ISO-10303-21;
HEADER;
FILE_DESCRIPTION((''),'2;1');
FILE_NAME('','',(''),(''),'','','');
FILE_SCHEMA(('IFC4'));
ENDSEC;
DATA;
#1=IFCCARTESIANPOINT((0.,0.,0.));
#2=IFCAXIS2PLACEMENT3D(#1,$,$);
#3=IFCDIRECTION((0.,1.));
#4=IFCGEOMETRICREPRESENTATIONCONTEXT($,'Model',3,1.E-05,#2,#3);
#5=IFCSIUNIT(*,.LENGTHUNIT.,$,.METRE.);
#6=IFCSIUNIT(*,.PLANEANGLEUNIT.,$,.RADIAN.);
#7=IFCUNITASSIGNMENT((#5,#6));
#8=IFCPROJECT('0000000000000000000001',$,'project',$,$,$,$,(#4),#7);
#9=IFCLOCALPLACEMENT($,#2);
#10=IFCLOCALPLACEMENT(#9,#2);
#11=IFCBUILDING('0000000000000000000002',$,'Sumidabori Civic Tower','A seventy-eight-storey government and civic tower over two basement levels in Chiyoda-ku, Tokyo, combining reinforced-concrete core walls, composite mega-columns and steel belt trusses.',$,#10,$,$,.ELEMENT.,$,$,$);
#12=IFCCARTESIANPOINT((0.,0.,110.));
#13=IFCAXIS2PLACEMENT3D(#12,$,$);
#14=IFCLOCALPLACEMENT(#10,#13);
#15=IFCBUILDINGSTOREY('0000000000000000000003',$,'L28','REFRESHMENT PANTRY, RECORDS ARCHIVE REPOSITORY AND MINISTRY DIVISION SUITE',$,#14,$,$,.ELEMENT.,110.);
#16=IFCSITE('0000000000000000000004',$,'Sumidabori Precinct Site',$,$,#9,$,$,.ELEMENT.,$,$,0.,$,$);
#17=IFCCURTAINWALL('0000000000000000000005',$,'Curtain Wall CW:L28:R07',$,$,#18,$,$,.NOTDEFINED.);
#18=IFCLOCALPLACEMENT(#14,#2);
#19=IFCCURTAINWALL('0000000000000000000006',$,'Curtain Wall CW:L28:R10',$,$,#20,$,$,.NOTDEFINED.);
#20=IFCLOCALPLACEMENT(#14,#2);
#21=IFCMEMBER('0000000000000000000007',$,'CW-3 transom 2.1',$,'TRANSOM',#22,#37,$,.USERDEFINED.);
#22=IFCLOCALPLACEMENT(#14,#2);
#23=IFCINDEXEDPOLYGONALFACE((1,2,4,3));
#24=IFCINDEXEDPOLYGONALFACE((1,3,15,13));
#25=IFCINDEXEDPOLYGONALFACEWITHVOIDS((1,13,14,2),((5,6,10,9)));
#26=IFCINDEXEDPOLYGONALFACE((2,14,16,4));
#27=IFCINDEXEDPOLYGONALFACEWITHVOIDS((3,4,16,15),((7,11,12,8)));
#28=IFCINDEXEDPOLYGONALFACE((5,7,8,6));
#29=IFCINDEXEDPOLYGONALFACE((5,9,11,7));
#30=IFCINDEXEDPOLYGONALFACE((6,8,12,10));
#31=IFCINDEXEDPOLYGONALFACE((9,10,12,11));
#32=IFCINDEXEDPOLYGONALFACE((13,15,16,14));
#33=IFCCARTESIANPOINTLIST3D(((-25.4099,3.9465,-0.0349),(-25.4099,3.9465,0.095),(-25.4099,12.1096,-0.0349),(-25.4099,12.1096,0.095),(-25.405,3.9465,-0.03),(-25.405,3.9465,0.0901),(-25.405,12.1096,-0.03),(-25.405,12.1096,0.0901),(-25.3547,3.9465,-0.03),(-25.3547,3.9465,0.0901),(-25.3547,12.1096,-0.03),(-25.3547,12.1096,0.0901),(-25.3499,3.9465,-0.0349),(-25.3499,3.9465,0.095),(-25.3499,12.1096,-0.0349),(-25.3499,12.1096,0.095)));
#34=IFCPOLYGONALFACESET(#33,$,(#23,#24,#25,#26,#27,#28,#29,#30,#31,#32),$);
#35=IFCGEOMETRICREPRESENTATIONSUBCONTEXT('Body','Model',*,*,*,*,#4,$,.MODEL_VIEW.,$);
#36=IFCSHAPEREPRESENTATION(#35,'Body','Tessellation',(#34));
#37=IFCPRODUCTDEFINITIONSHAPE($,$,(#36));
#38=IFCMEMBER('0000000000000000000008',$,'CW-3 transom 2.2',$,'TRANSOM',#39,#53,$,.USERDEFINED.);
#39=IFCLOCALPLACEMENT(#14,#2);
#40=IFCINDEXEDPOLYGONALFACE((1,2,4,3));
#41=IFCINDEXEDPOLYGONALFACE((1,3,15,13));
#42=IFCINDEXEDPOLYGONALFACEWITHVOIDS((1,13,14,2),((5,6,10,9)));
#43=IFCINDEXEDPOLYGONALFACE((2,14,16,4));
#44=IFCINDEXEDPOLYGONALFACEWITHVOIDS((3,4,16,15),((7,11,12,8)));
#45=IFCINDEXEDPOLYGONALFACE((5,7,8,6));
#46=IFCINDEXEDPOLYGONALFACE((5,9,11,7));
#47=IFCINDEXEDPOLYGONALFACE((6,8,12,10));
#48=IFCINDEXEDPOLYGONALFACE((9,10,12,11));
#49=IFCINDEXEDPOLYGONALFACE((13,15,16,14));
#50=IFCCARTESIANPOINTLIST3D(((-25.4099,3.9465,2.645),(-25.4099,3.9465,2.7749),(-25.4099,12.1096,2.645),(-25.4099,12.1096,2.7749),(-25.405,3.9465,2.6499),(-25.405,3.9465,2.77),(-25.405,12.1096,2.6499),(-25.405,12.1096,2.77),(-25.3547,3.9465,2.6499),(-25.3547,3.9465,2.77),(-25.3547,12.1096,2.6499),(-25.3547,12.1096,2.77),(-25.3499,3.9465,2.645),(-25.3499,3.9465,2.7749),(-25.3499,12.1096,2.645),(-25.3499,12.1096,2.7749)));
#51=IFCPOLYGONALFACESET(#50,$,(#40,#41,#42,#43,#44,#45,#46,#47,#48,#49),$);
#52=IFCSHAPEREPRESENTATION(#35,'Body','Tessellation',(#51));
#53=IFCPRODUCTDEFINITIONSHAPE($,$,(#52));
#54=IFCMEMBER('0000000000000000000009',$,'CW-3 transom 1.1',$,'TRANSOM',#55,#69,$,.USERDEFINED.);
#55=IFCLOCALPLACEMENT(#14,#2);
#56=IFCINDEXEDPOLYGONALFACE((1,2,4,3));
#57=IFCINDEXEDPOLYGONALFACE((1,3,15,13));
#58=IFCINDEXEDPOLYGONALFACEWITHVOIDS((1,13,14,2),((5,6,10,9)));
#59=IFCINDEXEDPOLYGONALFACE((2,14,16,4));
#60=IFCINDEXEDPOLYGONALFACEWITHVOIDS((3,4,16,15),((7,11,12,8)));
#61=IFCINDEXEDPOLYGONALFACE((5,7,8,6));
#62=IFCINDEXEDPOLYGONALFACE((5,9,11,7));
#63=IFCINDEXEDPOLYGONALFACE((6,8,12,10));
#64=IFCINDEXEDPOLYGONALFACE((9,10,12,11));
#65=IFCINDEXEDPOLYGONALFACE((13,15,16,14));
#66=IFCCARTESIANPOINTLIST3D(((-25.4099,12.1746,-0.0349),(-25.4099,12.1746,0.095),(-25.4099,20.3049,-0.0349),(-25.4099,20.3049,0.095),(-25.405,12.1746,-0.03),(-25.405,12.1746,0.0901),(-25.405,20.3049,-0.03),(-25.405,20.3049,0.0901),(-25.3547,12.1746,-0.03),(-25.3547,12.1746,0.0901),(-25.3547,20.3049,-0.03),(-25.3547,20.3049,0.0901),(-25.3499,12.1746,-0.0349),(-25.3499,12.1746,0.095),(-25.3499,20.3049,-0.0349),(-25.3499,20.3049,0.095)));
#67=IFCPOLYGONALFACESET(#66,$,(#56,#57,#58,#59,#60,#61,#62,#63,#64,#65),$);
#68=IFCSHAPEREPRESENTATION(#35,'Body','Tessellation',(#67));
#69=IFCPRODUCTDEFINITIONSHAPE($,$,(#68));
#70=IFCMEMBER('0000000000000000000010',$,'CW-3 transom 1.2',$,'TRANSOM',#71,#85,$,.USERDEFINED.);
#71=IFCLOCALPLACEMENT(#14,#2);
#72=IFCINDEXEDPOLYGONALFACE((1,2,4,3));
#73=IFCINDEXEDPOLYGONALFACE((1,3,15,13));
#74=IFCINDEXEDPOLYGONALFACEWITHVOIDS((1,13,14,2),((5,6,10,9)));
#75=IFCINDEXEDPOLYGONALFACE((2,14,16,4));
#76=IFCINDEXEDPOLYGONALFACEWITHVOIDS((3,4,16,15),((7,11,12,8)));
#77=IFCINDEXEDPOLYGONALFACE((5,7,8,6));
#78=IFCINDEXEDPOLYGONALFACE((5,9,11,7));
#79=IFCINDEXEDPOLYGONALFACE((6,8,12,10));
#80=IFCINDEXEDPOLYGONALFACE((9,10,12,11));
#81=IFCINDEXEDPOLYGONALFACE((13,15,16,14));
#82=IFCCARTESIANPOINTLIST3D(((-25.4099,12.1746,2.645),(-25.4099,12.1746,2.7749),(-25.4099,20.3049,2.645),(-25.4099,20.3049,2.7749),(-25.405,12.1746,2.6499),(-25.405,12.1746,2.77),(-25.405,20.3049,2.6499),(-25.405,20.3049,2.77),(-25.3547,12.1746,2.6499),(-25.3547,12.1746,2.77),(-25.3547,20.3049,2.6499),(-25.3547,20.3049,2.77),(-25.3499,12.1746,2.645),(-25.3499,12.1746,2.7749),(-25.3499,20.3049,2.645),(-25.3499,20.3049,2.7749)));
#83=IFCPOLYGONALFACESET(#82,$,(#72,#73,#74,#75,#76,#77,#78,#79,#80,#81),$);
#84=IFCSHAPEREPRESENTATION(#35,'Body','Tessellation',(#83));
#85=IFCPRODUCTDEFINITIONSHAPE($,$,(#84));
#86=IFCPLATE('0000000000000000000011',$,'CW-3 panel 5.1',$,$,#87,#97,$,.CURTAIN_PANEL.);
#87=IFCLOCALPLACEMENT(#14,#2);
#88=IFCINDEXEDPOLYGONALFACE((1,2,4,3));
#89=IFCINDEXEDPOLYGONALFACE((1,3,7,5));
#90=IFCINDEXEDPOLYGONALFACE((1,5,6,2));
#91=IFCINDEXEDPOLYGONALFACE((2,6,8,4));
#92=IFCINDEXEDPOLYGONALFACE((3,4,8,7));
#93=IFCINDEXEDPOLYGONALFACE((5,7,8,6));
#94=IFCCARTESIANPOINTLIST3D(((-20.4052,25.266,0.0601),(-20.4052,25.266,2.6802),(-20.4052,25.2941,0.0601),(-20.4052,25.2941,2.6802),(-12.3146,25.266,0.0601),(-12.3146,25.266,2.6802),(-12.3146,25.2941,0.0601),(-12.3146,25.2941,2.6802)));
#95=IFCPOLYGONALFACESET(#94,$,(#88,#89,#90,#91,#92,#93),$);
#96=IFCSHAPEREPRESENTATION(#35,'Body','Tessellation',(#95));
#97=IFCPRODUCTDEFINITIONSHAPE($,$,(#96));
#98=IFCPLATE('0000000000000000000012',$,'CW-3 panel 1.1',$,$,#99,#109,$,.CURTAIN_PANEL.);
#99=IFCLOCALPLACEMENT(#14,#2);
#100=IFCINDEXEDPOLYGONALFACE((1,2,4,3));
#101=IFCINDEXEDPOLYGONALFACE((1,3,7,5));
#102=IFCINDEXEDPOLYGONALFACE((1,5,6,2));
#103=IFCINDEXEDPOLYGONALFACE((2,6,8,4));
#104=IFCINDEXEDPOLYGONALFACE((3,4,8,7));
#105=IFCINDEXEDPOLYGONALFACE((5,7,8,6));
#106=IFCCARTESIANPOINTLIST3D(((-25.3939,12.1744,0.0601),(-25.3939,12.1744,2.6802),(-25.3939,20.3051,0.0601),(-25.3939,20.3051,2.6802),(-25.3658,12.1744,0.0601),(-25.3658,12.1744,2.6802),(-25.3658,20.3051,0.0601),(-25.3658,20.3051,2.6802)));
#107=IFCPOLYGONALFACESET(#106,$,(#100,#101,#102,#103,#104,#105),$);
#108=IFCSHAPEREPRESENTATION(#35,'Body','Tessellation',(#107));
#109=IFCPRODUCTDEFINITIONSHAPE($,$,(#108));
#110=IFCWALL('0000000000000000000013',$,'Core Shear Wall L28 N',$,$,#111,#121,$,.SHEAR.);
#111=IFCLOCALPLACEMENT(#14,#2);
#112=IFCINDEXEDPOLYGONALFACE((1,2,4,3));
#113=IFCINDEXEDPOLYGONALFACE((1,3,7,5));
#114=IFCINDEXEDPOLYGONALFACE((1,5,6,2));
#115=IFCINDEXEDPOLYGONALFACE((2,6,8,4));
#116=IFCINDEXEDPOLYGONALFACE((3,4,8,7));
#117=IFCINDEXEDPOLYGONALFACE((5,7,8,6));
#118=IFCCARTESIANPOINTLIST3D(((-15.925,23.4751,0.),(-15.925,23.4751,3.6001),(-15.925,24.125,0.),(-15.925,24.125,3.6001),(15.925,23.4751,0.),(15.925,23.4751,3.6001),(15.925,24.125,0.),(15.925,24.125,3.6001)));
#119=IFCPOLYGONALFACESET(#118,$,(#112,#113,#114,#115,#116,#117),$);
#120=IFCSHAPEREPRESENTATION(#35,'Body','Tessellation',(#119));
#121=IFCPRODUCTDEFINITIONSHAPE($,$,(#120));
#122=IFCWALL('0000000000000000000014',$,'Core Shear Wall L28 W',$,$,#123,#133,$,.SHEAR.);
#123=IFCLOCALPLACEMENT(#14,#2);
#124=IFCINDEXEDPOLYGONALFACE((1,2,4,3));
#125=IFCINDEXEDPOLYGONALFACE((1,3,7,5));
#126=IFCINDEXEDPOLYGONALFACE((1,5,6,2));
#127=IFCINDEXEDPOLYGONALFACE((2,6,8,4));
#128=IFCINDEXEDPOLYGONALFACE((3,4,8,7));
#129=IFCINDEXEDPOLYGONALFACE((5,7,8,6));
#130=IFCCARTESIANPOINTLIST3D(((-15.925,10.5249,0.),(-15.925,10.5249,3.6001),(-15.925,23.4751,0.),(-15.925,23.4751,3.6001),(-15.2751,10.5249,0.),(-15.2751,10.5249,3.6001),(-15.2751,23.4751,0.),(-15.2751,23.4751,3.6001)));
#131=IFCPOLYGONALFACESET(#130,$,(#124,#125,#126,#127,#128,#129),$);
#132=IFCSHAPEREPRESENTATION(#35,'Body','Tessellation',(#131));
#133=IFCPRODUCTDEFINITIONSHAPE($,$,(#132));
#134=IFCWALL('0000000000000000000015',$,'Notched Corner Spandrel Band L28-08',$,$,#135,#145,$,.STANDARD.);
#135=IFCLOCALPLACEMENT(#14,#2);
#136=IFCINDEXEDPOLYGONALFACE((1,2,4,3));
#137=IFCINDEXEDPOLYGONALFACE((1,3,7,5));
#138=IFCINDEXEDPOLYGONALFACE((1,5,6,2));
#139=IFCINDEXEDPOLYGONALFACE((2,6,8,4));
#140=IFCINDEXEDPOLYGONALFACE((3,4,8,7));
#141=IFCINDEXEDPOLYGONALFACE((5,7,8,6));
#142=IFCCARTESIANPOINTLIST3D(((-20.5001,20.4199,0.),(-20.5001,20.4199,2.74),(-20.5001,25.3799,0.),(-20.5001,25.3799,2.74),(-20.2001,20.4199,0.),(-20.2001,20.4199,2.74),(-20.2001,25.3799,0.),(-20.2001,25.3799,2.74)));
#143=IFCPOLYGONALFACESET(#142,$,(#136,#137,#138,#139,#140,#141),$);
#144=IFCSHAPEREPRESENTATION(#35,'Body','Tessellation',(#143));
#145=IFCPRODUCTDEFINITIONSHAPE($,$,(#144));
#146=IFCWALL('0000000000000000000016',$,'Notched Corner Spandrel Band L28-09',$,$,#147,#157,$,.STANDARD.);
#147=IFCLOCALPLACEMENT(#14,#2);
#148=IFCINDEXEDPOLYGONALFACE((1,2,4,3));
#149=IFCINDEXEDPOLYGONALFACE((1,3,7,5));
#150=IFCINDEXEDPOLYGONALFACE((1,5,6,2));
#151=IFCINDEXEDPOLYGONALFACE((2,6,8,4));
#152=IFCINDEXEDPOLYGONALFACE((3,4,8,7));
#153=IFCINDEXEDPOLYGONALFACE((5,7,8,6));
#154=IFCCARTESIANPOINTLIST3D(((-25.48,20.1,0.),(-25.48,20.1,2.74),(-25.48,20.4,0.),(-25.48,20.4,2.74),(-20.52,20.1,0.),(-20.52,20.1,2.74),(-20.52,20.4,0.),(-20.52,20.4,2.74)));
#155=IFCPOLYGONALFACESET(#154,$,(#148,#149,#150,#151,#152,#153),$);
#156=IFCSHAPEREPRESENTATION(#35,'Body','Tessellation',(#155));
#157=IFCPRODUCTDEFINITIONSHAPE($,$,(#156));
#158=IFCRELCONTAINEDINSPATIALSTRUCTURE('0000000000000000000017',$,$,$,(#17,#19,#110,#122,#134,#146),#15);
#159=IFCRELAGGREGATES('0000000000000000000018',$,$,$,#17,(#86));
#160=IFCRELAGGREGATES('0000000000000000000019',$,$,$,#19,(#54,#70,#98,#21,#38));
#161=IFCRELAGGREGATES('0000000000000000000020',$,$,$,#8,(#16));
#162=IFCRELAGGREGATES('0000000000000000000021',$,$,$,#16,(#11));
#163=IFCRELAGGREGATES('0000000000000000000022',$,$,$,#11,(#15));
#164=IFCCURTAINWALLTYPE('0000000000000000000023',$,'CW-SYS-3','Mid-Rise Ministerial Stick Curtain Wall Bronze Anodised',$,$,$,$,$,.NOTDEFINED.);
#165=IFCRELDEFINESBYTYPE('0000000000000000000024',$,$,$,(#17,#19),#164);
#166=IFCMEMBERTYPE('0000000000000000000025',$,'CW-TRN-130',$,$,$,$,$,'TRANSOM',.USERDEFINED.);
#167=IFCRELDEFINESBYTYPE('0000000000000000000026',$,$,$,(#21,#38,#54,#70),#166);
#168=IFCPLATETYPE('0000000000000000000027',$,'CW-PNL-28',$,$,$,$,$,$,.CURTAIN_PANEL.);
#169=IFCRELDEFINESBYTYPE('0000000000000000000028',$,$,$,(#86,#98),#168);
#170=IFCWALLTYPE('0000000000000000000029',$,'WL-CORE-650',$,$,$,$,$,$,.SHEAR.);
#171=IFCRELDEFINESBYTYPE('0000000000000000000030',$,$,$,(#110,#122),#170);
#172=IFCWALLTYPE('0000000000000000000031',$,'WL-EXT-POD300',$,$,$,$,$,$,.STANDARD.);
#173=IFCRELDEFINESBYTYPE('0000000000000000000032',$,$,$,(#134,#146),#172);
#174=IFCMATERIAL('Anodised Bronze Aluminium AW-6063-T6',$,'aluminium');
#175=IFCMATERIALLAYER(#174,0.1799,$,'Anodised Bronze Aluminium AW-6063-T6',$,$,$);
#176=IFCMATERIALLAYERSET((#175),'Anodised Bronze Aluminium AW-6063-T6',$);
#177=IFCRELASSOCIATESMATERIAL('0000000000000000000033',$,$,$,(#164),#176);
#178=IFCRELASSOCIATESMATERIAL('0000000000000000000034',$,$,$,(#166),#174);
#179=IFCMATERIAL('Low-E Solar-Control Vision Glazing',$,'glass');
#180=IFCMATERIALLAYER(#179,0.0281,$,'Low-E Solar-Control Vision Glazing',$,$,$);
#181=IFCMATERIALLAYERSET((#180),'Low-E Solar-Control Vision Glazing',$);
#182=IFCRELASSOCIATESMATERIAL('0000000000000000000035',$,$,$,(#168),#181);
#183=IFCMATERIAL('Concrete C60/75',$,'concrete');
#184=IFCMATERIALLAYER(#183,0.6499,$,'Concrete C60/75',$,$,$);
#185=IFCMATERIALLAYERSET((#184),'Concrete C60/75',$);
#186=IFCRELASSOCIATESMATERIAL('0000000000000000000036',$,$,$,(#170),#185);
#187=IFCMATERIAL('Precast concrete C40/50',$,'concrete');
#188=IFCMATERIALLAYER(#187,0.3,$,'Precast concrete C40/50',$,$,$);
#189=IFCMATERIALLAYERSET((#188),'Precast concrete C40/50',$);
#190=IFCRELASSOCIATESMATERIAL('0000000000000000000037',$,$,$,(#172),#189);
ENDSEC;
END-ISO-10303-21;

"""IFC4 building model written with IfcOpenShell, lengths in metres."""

from ifc_helpers import new_model, si_unit, direction, frame, frame_2d, origin, origin_2d, place, context, subcontext, project, spatial, rectangle, hollow_rectangle, extrude, source, transform, mapped, material, layer, layer_set, material_profile, profile_set, type_object, element, aggregate, save


model = new_model("IFC4")

# Units and contexts
model_context = context("Model", 3, precision=1e-05, world=origin(), true_north=direction((0.0, 1.0)))
body_context = subcontext(model_context, "Body", "Model", "MODEL_VIEW")
ifc_project = project(units=[si_unit("LENGTHUNIT", "METRE"), si_unit("PLANEANGLEUNIT", "RADIAN")], contexts=[model_context])

# Site, building, storey
site_placement = place(None, origin())
site = spatial("IfcSite", under=ifc_project, at=site_placement, Name="Sumidabori Precinct Site", CompositionType="ELEMENT", RefElevation=0.0)
building_placement = place(site_placement, origin())
building = spatial("IfcBuilding", under=site, at=building_placement, Name="Sumidabori Civic Tower", Description="A seventy-eight-storey government and civic tower over two basement levels in Chiyoda-ku, Tokyo, combining reinforced-concrete core walls, composite mega-columns and steel belt trusses.", CompositionType="ELEMENT")
storey_placement = place(building_placement, frame((0.0, 0.0, 110.0)))
storey = spatial("IfcBuildingStorey", under=building, at=storey_placement, Name="L28", Description="REFRESHMENT PANTRY, RECORDS ARCHIVE REPOSITORY AND MINISTRY DIVISION SUITE", CompositionType="ELEMENT", Elevation=110.0)

# Shared definitions
ifc_material_1 = material(Name="Concrete C60/75", Category="concrete")

# Curtain wall
ifc_material_2 = material(Name="Anodised Bronze Aluminium AW-6063-T6", Category="aluminium")
ifc_layer_1 = layer(ifc_material_2, 0.1799, Name="Anodised Bronze Aluminium AW-6063-T6")
ifc_layer_set_1 = layer_set([ifc_layer_1], Name="Anodised Bronze Aluminium AW-6063-T6")
curtain_wall_type = type_object("IfcCurtainWallType", Name="CW-SYS-3", Description="Mid-Rise Ministerial Stick Curtain Wall Bronze Anodised", PredefinedType="NOTDEFINED", material=ifc_layer_set_1)
curtain_wall_1_placement = place(storey_placement, origin())
curtain_wall_1 = element("IfcCurtainWall", 1, at=curtain_wall_1_placement, inside=storey, type_object=curtain_wall_type, Name="Curtain Wall CW:L28:R07", PredefinedType="NOTDEFINED")

# Curtain wall, members
curtain_wall_2_placement = place(storey_placement, origin())
curtain_wall_2 = element("IfcCurtainWall", 2, at=curtain_wall_2_placement, inside=storey, type_object=curtain_wall_type, Name="Curtain Wall CW:L28:R10", PredefinedType="NOTDEFINED")
ifc_material_profile_1 = material_profile(ifc_material_2, hollow_rectangle(XDim=0.0601, YDim=0.1299, WallThickness=0.0049, at=origin_2d()), Name="ALU TRANSOM 130x60")
ifc_profile_set_1 = profile_set([ifc_material_profile_1], Name="Anodised Bronze Aluminium AW-6063-T6")
member_type_1 = type_object("IfcMemberType", Name="CW-TRN-130", ElementType="TRANSOM", PredefinedType="USERDEFINED", material=ifc_profile_set_1)
shared_shape_1 = source(origin(), body_context, "Body", "SweptSolid", [
    extrude(hollow_rectangle(XDim=0.0601, YDim=0.1299, WallThickness=0.0049, at=origin_2d()), origin(), (0.0, 0.0, 1.0), 8.1631),
])
member_1_placement = place(storey_placement, frame((-25.3799, 12.1096, 0.03), z_axis=(0.0, -1.0, 0.0), x_axis=(1.0, 0.0, 0.0)))
member_1 = element("IfcMember", 3, at=member_1_placement, type_object=member_type_1, Name="CW-3 transom 2.1", ObjectType="TRANSOM", PredefinedType="USERDEFINED", context=body_context, shape_type="MappedRepresentation", body=[
    mapped(shared_shape_1, transform((0.0, 0.0, 0.0), x_axis=(1.0, 0.0, 0.0), y_axis=(0.0, 1.0, 0.0), z_axis=(0.0, 0.0, 1.0), scale=1.0)),
])
member_2_placement = place(storey_placement, frame((-25.3799, 12.1096, 2.71), z_axis=(0.0, -1.0, 0.0), x_axis=(1.0, 0.0, 0.0)))
member_2 = element("IfcMember", 4, at=member_2_placement, type_object=member_type_1, Name="CW-3 transom 2.2", ObjectType="TRANSOM", PredefinedType="USERDEFINED", context=body_context, shape_type="MappedRepresentation", body=[
    mapped(shared_shape_1, transform((0.0, 0.0, 0.0), x_axis=(1.0, 0.0, 0.0), y_axis=(0.0, 1.0, 0.0), z_axis=(0.0, 0.0, 1.0), scale=1.0)),
])
shared_shape_2 = source(origin(), body_context, "Body", "SweptSolid", [
    extrude(hollow_rectangle(XDim=0.0601, YDim=0.1299, WallThickness=0.0049, at=origin_2d()), origin(), (0.0, 0.0, 1.0), 8.1304),
])
member_3_placement = place(storey_placement, frame((-25.3799, 20.3049, 0.03), z_axis=(0.0, -1.0, 0.0), x_axis=(1.0, 0.0, 0.0)))
member_3 = element("IfcMember", 5, at=member_3_placement, type_object=member_type_1, Name="CW-3 transom 1.1", ObjectType="TRANSOM", PredefinedType="USERDEFINED", context=body_context, shape_type="MappedRepresentation", body=[
    mapped(shared_shape_2, transform((0.0, 0.0, 0.0), x_axis=(1.0, 0.0, 0.0), y_axis=(0.0, 1.0, 0.0), z_axis=(0.0, 0.0, 1.0), scale=1.0)),
])
member_4_placement = place(storey_placement, frame((-25.3799, 20.3049, 2.71), z_axis=(0.0, -1.0, 0.0), x_axis=(1.0, 0.0, 0.0)))
member_4 = element("IfcMember", 6, at=member_4_placement, type_object=member_type_1, Name="CW-3 transom 1.2", ObjectType="TRANSOM", PredefinedType="USERDEFINED", context=body_context, shape_type="MappedRepresentation", body=[
    mapped(shared_shape_2, transform((0.0, 0.0, 0.0), x_axis=(1.0, 0.0, 0.0), y_axis=(0.0, 1.0, 0.0), z_axis=(0.0, 0.0, 1.0), scale=1.0)),
])

# Plates
ifc_material_3 = material(Name="Low-E Solar-Control Vision Glazing", Category="glass")
ifc_layer_2 = layer(ifc_material_3, 0.0281, Name="Low-E Solar-Control Vision Glazing")
ifc_layer_set_2 = layer_set([ifc_layer_2], Name="Low-E Solar-Control Vision Glazing")
plate_type = type_object("IfcPlateType", Name="CW-PNL-28", PredefinedType="CURTAIN_PANEL", material=ifc_layer_set_2)
shared_shape_3 = source(origin(), body_context, "Body", "SweptSolid", [
    extrude(rectangle(XDim=8.0906, YDim=0.0281, at=origin_2d()), origin(), (0.0, 0.0, 1.0), 2.6201),
])
plate_1_placement = place(storey_placement, frame((-16.3599, 25.28, 0.0601), z_axis=(0.0, 0.0, 1.0), x_axis=(-1.0, 0.0, 0.0)))
plate_1 = element("IfcPlate", 7, at=plate_1_placement, type_object=plate_type, Name="CW-3 panel 5.1", PredefinedType="CURTAIN_PANEL", context=body_context, shape_type="MappedRepresentation", body=[
    mapped(shared_shape_3, transform((0.0, 0.0, 0.0), x_axis=(1.0, 0.0, 0.0), y_axis=(0.0, 1.0, 0.0), z_axis=(0.0, 0.0, 1.0), scale=1.0)),
])
aggregate(curtain_wall_1, [plate_1])
shared_shape_4 = source(origin(), body_context, "Body", "SweptSolid", [
    extrude(rectangle(XDim=8.1306, YDim=0.0281, at=origin_2d()), origin(), (0.0, 0.0, 1.0), 2.6201),
])
plate_2_placement = place(storey_placement, frame((-25.3799, 16.2397, 0.0601), z_axis=(0.0, 0.0, 1.0), x_axis=(0.0, -1.0, 0.0)))
plate_2 = element("IfcPlate", 8, at=plate_2_placement, type_object=plate_type, Name="CW-3 panel 1.1", PredefinedType="CURTAIN_PANEL", context=body_context, shape_type="MappedRepresentation", body=[
    mapped(shared_shape_4, transform((0.0, 0.0, 0.0), x_axis=(1.0, 0.0, 0.0), y_axis=(0.0, 1.0, 0.0), z_axis=(0.0, 0.0, 1.0), scale=1.0)),
])
aggregate(curtain_wall_2, [member_3, member_4, plate_2, member_1, member_2])

# Walls
ifc_layer_3 = layer(ifc_material_1, 0.6499, Name="Concrete C60/75")
ifc_layer_set_3 = layer_set([ifc_layer_3], Name="Concrete C60/75")
wall_type_1 = type_object("IfcWallType", Name="WL-CORE-650", PredefinedType="SHEAR", material=ifc_layer_set_3)
shared_shape_5 = source(origin(), body_context, "Body", "SweptSolid", [
    extrude(rectangle(XDim=31.8501, YDim=0.6499, at=frame_2d((15.925, 0.0))), origin(), (0.0, 0.0, 1.0), 3.6001),
])
wall_1_placement = place(storey_placement, frame((-15.925, 23.8, 0.0), z_axis=(0.0, 0.0, 1.0), x_axis=(1.0, 0.0, 0.0)))
element("IfcWall", 9, at=wall_1_placement, inside=storey, type_object=wall_type_1, Name="Core Shear Wall L28 N", PredefinedType="SHEAR", context=body_context, shape_type="MappedRepresentation", body=[
    mapped(shared_shape_5, transform((0.0, 0.0, 0.0), x_axis=(1.0, 0.0, 0.0), y_axis=(0.0, 1.0, 0.0), z_axis=(0.0, 0.0, 1.0), scale=1.0)),
])
shared_shape_6 = source(origin(), body_context, "Body", "SweptSolid", [
    extrude(rectangle(XDim=12.9502, YDim=0.6499, at=frame_2d((6.4751, 0.0))), origin(), (0.0, 0.0, 1.0), 3.6001),
])
wall_2_placement = place(storey_placement, frame((-15.6001, 10.5249, 0.0), z_axis=(0.0, 0.0, 1.0), x_axis=(0.0, 1.0, 0.0)))
element("IfcWall", 10, at=wall_2_placement, inside=storey, type_object=wall_type_1, Name="Core Shear Wall L28 W", PredefinedType="SHEAR", context=body_context, shape_type="MappedRepresentation", body=[
    mapped(shared_shape_6, transform((0.0, 0.0, 0.0), x_axis=(1.0, 0.0, 0.0), y_axis=(0.0, 1.0, 0.0), z_axis=(0.0, 0.0, 1.0), scale=1.0)),
])
ifc_material_4 = material(Name="Precast concrete C40/50", Category="concrete")
ifc_layer_4 = layer(ifc_material_4, 0.3, Name="Precast concrete C40/50")
ifc_layer_set_4 = layer_set([ifc_layer_4], Name="Precast concrete C40/50")
wall_type_2 = type_object("IfcWallType", Name="WL-EXT-POD300", PredefinedType="STANDARD", material=ifc_layer_set_4)
shared_shape_7 = source(origin(), body_context, "Body", "SweptSolid", [
    extrude(rectangle(XDim=4.96, YDim=0.3, at=frame_2d((2.48, 0.0))), origin(), (0.0, 0.0, 1.0), 2.74),
])
for number, where, z_axis, x_axis, name in (
    (11, (-20.3501, 25.3799, 0.0), (0.0, 0.0, 1.0), (0.0, -1.0, 0.0), "Notched Corner Spandrel Band L28-08"),
    (12, (-20.52, 20.25, 0.0), (0.0, 0.0, 1.0), (-1.0, 0.0, 0.0), "Notched Corner Spandrel Band L28-09"),
):
    element("IfcWall", number, at=place(storey_placement, frame(where, z_axis=z_axis, x_axis=x_axis)), inside=storey, type_object=wall_type_2, Name=name, PredefinedType="STANDARD", context=body_context, shape_type="MappedRepresentation", body=[
        mapped(shared_shape_7, transform((0.0, 0.0, 0.0), x_axis=(1.0, 0.0, 0.0), y_axis=(0.0, 1.0, 0.0), z_axis=(0.0, 0.0, 1.0), scale=1.0)),
    ])

save(model, "model.ifc")
